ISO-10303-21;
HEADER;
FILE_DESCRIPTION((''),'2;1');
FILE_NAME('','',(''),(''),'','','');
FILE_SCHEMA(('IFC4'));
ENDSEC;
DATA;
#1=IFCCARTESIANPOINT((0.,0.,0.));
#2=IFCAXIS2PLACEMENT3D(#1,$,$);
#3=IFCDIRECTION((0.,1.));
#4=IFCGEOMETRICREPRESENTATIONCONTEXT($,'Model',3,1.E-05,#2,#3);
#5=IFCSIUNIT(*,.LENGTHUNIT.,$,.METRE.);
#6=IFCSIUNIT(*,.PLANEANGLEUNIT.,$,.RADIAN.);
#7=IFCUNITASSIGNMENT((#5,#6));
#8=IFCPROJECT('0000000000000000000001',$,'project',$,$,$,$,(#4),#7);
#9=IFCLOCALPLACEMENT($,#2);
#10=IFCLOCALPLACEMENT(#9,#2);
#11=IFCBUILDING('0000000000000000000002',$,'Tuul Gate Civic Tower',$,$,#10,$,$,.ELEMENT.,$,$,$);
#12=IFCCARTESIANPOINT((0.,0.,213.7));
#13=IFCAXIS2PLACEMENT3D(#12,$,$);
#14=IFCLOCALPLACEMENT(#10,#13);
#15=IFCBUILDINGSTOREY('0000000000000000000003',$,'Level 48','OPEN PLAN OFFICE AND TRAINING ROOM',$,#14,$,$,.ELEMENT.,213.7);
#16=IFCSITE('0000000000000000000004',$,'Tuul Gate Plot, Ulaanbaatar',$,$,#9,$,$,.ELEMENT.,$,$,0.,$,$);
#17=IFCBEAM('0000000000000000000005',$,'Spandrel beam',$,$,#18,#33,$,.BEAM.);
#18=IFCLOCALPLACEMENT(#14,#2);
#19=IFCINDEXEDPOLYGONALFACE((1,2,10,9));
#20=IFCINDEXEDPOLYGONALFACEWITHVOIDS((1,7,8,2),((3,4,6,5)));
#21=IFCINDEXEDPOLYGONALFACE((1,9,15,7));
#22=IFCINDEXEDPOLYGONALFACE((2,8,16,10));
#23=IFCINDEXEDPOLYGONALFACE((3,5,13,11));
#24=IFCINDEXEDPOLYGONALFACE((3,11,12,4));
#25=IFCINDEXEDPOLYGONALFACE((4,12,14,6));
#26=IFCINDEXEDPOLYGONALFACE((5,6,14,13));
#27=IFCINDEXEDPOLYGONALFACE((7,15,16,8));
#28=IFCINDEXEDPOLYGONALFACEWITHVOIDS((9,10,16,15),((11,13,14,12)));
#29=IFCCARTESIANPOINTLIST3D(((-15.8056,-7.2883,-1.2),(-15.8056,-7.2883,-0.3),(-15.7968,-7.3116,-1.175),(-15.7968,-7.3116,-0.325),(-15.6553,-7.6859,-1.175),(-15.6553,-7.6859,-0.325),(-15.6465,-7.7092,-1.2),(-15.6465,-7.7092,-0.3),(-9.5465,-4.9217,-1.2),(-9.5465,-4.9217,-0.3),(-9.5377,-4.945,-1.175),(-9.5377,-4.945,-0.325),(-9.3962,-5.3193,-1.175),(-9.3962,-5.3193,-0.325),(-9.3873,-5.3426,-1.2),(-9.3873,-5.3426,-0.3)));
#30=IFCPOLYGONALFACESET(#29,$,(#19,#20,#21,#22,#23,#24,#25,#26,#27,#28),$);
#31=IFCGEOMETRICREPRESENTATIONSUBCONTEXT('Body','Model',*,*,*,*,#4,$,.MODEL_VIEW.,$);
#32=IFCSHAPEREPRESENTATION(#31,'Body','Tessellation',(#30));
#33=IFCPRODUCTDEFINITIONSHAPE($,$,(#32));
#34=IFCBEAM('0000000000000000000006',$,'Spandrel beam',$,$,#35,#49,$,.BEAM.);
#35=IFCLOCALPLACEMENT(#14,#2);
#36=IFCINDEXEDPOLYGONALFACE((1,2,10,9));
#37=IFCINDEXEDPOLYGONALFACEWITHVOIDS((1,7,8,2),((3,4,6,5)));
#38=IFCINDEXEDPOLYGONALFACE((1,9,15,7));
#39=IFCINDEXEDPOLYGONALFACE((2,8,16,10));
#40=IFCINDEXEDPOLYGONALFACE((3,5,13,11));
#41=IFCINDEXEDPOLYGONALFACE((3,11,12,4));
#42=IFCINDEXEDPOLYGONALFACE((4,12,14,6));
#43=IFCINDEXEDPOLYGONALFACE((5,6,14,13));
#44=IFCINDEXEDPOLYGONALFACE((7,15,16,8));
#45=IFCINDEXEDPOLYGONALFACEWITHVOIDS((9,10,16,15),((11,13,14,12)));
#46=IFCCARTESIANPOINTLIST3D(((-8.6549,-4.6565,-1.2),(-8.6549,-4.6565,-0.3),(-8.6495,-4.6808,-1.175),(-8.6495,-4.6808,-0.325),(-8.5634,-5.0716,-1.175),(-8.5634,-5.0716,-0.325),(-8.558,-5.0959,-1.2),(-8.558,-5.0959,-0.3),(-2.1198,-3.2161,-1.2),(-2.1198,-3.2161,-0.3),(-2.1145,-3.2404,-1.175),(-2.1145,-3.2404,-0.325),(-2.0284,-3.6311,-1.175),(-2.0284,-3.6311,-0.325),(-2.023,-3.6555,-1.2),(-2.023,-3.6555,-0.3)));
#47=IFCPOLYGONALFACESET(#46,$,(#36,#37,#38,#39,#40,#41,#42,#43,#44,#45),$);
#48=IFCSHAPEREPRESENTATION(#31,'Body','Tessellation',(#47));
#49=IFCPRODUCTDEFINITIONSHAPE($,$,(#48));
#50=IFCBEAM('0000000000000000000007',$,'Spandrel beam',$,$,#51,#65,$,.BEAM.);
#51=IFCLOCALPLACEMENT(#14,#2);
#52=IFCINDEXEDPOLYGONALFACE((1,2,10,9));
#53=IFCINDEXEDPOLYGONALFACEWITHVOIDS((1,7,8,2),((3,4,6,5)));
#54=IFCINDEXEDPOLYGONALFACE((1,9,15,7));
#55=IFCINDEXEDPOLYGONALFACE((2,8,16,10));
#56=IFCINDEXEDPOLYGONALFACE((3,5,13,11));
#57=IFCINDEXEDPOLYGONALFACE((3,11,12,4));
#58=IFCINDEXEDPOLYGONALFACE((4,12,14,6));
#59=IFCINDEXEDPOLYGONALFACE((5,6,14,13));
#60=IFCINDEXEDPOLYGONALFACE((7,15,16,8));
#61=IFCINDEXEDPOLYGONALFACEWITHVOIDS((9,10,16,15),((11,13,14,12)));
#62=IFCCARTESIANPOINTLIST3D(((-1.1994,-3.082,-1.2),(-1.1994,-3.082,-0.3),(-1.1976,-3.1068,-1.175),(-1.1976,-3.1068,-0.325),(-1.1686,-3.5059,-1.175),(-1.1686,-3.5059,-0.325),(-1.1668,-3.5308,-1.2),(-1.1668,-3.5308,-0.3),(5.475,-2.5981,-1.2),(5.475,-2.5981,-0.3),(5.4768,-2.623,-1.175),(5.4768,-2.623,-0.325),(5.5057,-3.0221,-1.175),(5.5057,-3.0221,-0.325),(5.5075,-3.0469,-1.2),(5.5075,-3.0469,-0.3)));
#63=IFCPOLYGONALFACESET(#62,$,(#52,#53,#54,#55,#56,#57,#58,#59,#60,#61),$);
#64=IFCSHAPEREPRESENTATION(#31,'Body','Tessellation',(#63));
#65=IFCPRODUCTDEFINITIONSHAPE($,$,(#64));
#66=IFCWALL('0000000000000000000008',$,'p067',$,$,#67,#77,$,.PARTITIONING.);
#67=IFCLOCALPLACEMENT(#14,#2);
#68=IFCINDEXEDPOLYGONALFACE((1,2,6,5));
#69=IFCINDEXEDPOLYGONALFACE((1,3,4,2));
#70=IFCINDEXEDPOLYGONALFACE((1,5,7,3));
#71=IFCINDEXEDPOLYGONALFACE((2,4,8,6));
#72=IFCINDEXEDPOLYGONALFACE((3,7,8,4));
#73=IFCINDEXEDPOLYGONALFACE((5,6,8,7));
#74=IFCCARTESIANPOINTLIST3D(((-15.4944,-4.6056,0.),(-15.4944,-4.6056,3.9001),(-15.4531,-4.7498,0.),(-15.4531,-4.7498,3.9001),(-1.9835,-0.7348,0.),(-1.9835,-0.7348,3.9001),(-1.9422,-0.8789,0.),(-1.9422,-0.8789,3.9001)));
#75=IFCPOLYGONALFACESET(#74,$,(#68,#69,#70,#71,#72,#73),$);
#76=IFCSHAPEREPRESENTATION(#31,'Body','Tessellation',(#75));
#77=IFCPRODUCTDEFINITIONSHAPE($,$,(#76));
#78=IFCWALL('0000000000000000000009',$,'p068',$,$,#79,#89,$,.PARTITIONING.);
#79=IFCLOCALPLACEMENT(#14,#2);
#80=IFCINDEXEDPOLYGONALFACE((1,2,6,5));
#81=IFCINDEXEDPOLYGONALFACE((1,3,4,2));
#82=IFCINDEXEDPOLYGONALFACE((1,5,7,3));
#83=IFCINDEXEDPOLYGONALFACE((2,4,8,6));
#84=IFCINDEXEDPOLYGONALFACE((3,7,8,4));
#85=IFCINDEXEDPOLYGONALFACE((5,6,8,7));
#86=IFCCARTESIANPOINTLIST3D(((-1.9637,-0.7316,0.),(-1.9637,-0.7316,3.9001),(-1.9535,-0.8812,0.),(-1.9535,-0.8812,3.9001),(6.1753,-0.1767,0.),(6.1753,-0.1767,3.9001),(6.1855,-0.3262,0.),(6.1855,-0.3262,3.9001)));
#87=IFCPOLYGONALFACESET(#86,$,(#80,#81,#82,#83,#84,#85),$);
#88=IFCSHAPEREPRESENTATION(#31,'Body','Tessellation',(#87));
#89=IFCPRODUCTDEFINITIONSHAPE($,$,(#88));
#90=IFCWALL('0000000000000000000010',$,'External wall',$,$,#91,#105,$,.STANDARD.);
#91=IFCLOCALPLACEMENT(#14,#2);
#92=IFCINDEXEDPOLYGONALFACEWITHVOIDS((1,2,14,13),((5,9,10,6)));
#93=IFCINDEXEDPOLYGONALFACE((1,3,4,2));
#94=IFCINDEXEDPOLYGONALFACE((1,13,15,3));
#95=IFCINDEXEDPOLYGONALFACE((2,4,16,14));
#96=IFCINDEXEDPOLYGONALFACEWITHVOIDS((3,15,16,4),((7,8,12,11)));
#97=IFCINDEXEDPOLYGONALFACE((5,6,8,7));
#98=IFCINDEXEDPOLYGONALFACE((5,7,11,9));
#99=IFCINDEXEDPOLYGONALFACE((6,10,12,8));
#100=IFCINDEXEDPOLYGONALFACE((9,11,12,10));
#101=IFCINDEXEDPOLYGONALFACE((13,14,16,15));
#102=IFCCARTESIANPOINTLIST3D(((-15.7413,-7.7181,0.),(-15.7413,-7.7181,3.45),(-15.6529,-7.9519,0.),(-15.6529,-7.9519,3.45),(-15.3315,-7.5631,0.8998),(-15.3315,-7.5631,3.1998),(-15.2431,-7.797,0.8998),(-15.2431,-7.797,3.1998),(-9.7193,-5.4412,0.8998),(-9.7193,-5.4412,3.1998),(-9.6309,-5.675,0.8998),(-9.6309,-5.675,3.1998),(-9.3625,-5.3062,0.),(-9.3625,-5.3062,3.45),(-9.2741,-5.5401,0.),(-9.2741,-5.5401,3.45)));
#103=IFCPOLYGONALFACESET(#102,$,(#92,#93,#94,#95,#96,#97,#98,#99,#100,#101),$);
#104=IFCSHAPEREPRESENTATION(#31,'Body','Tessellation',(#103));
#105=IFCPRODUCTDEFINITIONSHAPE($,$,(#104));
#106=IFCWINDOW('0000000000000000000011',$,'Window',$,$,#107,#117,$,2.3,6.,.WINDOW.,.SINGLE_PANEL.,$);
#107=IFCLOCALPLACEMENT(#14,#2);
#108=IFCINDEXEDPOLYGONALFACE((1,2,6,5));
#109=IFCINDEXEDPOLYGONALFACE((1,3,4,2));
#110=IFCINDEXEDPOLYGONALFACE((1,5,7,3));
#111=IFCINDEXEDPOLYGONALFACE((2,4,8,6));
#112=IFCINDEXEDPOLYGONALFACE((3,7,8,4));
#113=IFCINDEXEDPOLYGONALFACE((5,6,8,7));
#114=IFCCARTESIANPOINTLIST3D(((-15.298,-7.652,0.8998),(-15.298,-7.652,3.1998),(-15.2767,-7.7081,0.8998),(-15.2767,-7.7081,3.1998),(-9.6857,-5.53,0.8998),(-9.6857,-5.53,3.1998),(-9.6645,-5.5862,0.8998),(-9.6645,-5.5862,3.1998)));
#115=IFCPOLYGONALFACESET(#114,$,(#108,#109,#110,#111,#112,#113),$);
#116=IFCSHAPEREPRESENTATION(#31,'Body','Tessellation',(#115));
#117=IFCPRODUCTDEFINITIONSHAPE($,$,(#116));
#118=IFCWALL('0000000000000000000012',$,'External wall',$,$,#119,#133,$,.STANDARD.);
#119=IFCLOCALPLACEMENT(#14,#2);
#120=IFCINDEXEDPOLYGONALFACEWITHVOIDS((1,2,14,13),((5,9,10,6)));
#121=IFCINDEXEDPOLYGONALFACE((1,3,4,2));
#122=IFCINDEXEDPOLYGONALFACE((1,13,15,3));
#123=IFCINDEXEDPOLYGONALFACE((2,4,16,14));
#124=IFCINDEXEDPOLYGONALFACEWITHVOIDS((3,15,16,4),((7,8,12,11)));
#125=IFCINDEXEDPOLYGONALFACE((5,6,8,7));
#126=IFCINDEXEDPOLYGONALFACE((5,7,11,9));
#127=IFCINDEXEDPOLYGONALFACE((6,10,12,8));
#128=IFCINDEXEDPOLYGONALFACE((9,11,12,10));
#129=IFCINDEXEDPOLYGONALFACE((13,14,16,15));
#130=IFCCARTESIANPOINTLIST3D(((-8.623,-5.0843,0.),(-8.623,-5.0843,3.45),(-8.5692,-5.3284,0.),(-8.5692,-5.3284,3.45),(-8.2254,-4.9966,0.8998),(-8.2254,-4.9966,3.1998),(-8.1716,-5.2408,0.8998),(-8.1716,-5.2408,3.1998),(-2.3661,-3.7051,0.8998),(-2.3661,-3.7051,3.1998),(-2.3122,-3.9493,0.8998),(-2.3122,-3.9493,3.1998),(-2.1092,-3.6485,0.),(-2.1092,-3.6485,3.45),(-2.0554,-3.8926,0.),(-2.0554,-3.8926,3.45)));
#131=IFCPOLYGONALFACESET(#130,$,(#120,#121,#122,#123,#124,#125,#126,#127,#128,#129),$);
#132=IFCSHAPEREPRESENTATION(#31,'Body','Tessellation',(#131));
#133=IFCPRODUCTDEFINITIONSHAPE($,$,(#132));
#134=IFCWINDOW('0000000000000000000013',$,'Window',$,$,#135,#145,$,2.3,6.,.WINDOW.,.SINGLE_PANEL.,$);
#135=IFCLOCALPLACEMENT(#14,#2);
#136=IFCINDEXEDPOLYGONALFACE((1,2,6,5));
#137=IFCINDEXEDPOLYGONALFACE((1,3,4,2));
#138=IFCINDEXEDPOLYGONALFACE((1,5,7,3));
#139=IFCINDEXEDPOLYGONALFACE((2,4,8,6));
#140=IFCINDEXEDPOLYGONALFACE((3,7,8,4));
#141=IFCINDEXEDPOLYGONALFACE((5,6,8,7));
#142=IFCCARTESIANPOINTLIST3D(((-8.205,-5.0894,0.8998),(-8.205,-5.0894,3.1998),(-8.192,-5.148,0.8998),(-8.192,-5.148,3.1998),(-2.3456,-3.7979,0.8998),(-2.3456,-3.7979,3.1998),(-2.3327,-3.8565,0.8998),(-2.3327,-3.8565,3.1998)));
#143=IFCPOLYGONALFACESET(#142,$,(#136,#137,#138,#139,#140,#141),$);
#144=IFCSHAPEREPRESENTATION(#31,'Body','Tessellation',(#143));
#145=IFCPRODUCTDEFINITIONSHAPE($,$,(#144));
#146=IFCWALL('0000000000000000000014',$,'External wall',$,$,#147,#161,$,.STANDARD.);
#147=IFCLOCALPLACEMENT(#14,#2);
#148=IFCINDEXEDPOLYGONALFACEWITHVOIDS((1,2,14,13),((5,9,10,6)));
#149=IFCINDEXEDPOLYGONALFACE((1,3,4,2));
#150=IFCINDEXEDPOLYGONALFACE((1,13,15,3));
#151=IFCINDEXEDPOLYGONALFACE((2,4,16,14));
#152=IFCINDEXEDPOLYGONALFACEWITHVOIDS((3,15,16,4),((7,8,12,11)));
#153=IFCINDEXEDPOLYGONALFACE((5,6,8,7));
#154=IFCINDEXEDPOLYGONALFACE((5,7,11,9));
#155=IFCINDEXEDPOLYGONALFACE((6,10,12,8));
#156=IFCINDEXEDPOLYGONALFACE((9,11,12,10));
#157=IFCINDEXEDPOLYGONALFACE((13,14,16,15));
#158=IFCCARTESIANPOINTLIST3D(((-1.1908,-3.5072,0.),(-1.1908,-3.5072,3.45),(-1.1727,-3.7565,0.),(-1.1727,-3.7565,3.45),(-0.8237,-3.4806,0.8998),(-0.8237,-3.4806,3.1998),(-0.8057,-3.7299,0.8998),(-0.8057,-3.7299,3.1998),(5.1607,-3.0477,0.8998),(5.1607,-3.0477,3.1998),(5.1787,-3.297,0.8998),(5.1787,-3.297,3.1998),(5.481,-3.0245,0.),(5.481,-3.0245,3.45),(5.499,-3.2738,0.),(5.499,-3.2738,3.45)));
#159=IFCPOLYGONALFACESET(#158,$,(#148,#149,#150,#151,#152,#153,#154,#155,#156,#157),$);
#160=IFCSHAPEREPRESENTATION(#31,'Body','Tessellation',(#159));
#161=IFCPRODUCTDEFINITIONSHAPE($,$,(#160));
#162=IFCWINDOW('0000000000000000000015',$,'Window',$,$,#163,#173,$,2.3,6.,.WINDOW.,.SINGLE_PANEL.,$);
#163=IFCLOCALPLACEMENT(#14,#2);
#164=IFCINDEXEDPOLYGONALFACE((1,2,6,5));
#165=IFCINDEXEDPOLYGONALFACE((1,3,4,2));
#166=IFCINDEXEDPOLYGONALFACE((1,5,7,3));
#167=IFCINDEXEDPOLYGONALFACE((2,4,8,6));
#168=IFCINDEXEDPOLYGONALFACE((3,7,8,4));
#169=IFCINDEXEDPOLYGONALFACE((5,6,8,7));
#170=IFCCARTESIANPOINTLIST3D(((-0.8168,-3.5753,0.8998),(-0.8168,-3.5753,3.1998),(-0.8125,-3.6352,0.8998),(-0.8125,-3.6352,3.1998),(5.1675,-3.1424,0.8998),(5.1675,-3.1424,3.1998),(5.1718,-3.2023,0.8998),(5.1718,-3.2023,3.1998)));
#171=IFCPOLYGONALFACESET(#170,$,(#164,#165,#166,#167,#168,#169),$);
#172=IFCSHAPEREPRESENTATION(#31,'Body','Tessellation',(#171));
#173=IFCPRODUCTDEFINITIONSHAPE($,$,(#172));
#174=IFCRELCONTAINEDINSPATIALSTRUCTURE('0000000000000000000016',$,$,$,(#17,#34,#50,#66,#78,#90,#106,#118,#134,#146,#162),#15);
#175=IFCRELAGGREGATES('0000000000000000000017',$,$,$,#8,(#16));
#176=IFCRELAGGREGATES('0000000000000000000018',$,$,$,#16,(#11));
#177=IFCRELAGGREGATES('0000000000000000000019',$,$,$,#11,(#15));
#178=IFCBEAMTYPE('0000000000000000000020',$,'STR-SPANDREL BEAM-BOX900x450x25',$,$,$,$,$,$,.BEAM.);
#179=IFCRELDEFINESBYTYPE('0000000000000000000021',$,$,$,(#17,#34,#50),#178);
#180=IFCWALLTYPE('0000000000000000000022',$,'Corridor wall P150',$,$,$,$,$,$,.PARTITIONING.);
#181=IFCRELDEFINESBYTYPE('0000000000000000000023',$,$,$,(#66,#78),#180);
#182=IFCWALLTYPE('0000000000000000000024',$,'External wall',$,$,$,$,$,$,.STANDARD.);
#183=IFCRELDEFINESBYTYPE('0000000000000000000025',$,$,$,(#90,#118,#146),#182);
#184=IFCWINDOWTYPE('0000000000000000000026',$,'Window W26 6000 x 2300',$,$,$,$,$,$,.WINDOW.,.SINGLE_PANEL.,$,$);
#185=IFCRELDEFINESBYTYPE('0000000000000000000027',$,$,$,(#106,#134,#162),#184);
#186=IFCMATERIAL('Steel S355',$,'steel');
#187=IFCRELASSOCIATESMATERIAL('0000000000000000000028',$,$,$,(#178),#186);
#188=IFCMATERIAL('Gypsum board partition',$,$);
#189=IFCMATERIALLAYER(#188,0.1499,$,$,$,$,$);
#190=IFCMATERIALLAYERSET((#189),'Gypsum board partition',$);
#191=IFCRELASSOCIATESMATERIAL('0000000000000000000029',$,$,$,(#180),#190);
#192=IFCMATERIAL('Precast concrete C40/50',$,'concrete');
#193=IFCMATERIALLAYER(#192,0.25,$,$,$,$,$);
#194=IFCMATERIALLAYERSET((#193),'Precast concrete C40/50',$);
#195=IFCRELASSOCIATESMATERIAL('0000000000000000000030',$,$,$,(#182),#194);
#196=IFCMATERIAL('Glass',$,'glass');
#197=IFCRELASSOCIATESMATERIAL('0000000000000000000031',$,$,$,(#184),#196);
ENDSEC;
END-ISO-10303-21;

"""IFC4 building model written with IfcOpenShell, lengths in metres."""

from ifc_helpers import new_model, si_unit, direction, frame, frame_2d, origin, origin_2d, place, context, subcontext, project, spatial, rectangle, hollow_rectangle, extrude, material, layer, layer_set, material_profile, profile_set, type_object, element, fill, save


model = new_model("IFC4")

# Units and contexts
model_context = context("Model", 3, precision=1e-05, world=origin(), true_north=direction((0.0, 1.0)))
body_context = subcontext(model_context, "Body", "Model", "MODEL_VIEW")
ifc_project = project(units=[si_unit("LENGTHUNIT", "METRE"), si_unit("PLANEANGLEUNIT", "RADIAN")], contexts=[model_context])

# Site, building, storey
site_placement = place(None, origin())
site = spatial("IfcSite", under=ifc_project, at=site_placement, Name="Tuul Gate Plot, Ulaanbaatar", CompositionType="ELEMENT", RefElevation=0.0)
building_placement = place(site_placement, origin())
building = spatial("IfcBuilding", under=site, at=building_placement, Name="Tuul Gate Civic Tower", CompositionType="ELEMENT")
storey_placement = place(building_placement, frame((0.0, 0.0, 213.7)))
storey = spatial("IfcBuildingStorey", under=building, at=storey_placement, Name="Level 48", Description="OPEN PLAN OFFICE AND TRAINING ROOM", CompositionType="ELEMENT", Elevation=213.7)

# Beams
ifc_material_1 = material(Name="Steel S355", Category="steel")
ifc_material_profile_1 = material_profile(ifc_material_1, hollow_rectangle(XDim=0.45, YDim=0.8999, WallThickness=0.0249, at=origin_2d()), Name="BOX900x450x25")
ifc_profile_set_1 = profile_set([ifc_material_profile_1], Name="Steel S355")
beam_type_1 = type_object("IfcBeamType", Name="STR-SPANDREL BEAM-BOX900x450x25", PredefinedType="BEAM", material=ifc_profile_set_1)
beam_1_placement = place(storey_placement, frame((-15.7261, -7.4988, -0.75), z_axis=(0.935369, 0.353673, 0.0), x_axis=(-0.353673, 0.935369, 0.0)))
element("IfcBeam", 1, at=beam_1_placement, inside=storey, type_object=beam_type_1, Name="Spandrel beam", PredefinedType="BEAM", context=body_context, shape_type="SweptSolid", body=[
    extrude(hollow_rectangle(XDim=0.45, YDim=0.8999, WallThickness=0.0249, at=origin_2d()), origin(), (0.0, 0.0, 1.0), 6.6917),
])
for number, where, z_axis, x_axis, name in (
    (2, (-8.6064, -4.8762, -0.75), (0.976558, 0.215254, 0.0), (-0.215254, 0.976558, 0.0), "Spandrel beam"),
    (3, (-1.1831, -3.3064, -0.75), (0.997382, 0.07231, 0.0), (-0.07231, 0.997382, 0.0), "Spandrel beam"),
):
    element("IfcBeam", number, at=place(storey_placement, frame(where, z_axis=z_axis, x_axis=x_axis)), inside=storey, type_object=beam_type_1, Name=name, PredefinedType="BEAM", context=body_context, shape_type="SweptSolid", body=[
        extrude(hollow_rectangle(XDim=0.45, YDim=0.8999, WallThickness=0.0249, at=origin_2d()), origin(), (0.0, 0.0, 1.0), 6.6919),
    ])

# Walls
ifc_material_2 = material(Name="Gypsum board partition")
ifc_layer_1 = layer(ifc_material_2, 0.1499)
ifc_layer_set_1 = layer_set([ifc_layer_1], Name="Gypsum board partition")
wall_type_1 = type_object("IfcWallType", Name="Corridor wall P150", PredefinedType="PARTITIONING", material=ifc_layer_set_1)
wall_1_placement = place(storey_placement, frame((-15.4739, -4.6777, 0.0), z_axis=(0.0, 0.0, 1.0), x_axis=(0.961325, 0.275416, 0.0)))
element("IfcWall", 4, at=wall_1_placement, inside=storey, type_object=wall_type_1, Name="p067", PredefinedType="PARTITIONING", context=body_context, shape_type="SweptSolid", body=[
    extrude(rectangle(XDim=14.0544, YDim=0.1499, at=frame_2d((7.0273, 0.0))), origin(), (0.0, 0.0, 1.0), 3.9001),
])
wall_2_placement = place(storey_placement, frame((-1.9587, -0.8064, 0.0), z_axis=(0.0, 0.0, 1.0), x_axis=(0.997684, 0.068023, 0.0)))
element("IfcWall", 5, at=wall_2_placement, inside=storey, type_object=wall_type_1, Name="p068", PredefinedType="PARTITIONING", context=body_context, shape_type="SweptSolid", body=[
    extrude(rectangle(XDim=8.158, YDim=0.1499, at=frame_2d((4.0791, 0.0))), origin(), (0.0, 0.0, 1.0), 3.9001),
])

# Walls, openings, windows
ifc_material_3 = material(Name="Precast concrete C40/50", Category="concrete")
ifc_layer_2 = layer(ifc_material_3, 0.25)
ifc_layer_set_2 = layer_set([ifc_layer_2], Name="Precast concrete C40/50")
wall_type_2 = type_object("IfcWallType", Name="External wall", PredefinedType="STANDARD", material=ifc_layer_set_2)
wall_3_placement = place(storey_placement, frame((-15.697, -7.835, 0.0), z_axis=(0.0, 0.0, 1.0), x_axis=(0.935372, 0.353664, 0.0)))
wall_3 = element("IfcWall", 6, at=wall_3_placement, inside=storey, type_object=wall_type_2, Name="External wall", PredefinedType="STANDARD", context=body_context, shape_type="SweptSolid", body=[
    extrude(rectangle(XDim=6.8196, YDim=0.25, at=frame_2d((3.4097, 0.0))), origin(), (0.0, 0.0, 1.0), 3.45),
])
opening_1_placement = place(wall_3_placement, frame((0.438, 0.0, 0.8999)))
opening_1 = element("IfcOpeningElement", 7, at=opening_1_placement, cuts=wall_3, PredefinedType="OPENING", context=body_context, shape_type="SweptSolid", body=[
    extrude(rectangle(XDim=6.0, YDim=2.3, at=frame_2d((3.0, 1.1499))), frame((0.0, 0.135, 0.0), z_axis=(0.0, -1.0, 0.0), x_axis=(1.0, 0.0, 0.0)), (0.0, 0.0, 1.0), 0.27),
])
ifc_material_4 = material(Name="Glass", Category="glass")
window_type = type_object("IfcWindowType", Name="Window W26 6000 x 2300", PartitioningType="SINGLE_PANEL", PredefinedType="WINDOW", material=ifc_material_4)
window_1_placement = place(opening_1_placement, origin())
window_1 = element("IfcWindow", 8, at=window_1_placement, inside=storey, type_object=window_type, Name="Window", OverallHeight=2.3, OverallWidth=6.0, PartitioningType="SINGLE_PANEL", PredefinedType="WINDOW", context=body_context, shape_type="SweptSolid", body=[
    extrude(rectangle(XDim=6.0, YDim=2.3, at=frame_2d((3.0, 1.1499))), frame((0.0, 0.03, 0.0), z_axis=(0.0, -1.0, 0.0), x_axis=(1.0, 0.0, 0.0)), (0.0, 0.0, 1.0), 0.0601),
])
fill(opening_1, window_1)
wall_4_placement = place(storey_placement, frame((-8.5959, -5.2063, 0.0), z_axis=(0.0, 0.0, 1.0), x_axis=(0.976559, 0.215252, 0.0)))
wall_4 = element("IfcWall", 9, at=wall_4_placement, inside=storey, type_object=wall_type_2, Name="External wall", PredefinedType="STANDARD", context=body_context, shape_type="SweptSolid", body=[
    extrude(rectangle(XDim=6.6702, YDim=0.25, at=frame_2d((3.335, 0.0))), origin(), (0.0, 0.0, 1.0), 3.45),
])
opening_2_placement = place(wall_4_placement, frame((0.407, 0.0, 0.8999)))
opening_2 = element("IfcOpeningElement", 10, at=opening_2_placement, cuts=wall_4, PredefinedType="OPENING", context=body_context, shape_type="SweptSolid", body=[
    extrude(rectangle(XDim=6.0, YDim=2.3, at=frame_2d((3.0, 1.1499))), frame((0.0, 0.135, 0.0), z_axis=(0.0, -1.0, 0.0), x_axis=(1.0, 0.0, 0.0)), (0.0, 0.0, 1.0), 0.27),
])
window_2_placement = place(opening_2_placement, origin())
window_2 = element("IfcWindow", 11, at=window_2_placement, inside=storey, type_object=window_type, Name="Window", OverallHeight=2.3, OverallWidth=6.0, PartitioningType="SINGLE_PANEL", PredefinedType="WINDOW", context=body_context, shape_type="SweptSolid", body=[
    extrude(rectangle(XDim=6.0, YDim=2.3, at=frame_2d((3.0, 1.1499))), frame((0.0, 0.03, 0.0), z_axis=(0.0, -1.0, 0.0), x_axis=(1.0, 0.0, 0.0)), (0.0, 0.0, 1.0), 0.0601),
])
fill(opening_2, window_2)
wall_5_placement = place(storey_placement, frame((-1.1819, -3.6318, 0.0), z_axis=(0.0, 0.0, 1.0), x_axis=(0.997393, 0.072155, 0.0)))
wall_5 = element("IfcWall", 12, at=wall_5_placement, inside=storey, type_object=wall_type_2, Name="External wall", PredefinedType="STANDARD", context=body_context, shape_type="SweptSolid", body=[
    extrude(rectangle(XDim=6.6892, YDim=0.25, at=frame_2d((3.3447, 0.0))), origin(), (0.0, 0.0, 1.0), 3.45),
])
opening_3_placement = place(wall_5_placement, frame((0.3682, 0.0, 0.8999)))
opening_3 = element("IfcOpeningElement", 13, at=opening_3_placement, cuts=wall_5, PredefinedType="OPENING", context=body_context, shape_type="SweptSolid", body=[
    extrude(rectangle(XDim=6.0, YDim=2.3, at=frame_2d((3.0, 1.1499))), frame((0.0, 0.135, 0.0), z_axis=(0.0, -1.0, 0.0), x_axis=(1.0, 0.0, 0.0)), (0.0, 0.0, 1.0), 0.27),
])
window_3_placement = place(opening_3_placement, origin())
window_3 = element("IfcWindow", 14, at=window_3_placement, inside=storey, type_object=window_type, Name="Window", OverallHeight=2.3, OverallWidth=6.0, PartitioningType="SINGLE_PANEL", PredefinedType="WINDOW", context=body_context, shape_type="SweptSolid", body=[
    extrude(rectangle(XDim=6.0, YDim=2.3, at=frame_2d((3.0, 1.1499))), frame((0.0, 0.03, 0.0), z_axis=(0.0, -1.0, 0.0), x_axis=(1.0, 0.0, 0.0)), (0.0, 0.0, 1.0), 0.0601),
])
fill(opening_3, window_3)

save(model, "model.ifc")
